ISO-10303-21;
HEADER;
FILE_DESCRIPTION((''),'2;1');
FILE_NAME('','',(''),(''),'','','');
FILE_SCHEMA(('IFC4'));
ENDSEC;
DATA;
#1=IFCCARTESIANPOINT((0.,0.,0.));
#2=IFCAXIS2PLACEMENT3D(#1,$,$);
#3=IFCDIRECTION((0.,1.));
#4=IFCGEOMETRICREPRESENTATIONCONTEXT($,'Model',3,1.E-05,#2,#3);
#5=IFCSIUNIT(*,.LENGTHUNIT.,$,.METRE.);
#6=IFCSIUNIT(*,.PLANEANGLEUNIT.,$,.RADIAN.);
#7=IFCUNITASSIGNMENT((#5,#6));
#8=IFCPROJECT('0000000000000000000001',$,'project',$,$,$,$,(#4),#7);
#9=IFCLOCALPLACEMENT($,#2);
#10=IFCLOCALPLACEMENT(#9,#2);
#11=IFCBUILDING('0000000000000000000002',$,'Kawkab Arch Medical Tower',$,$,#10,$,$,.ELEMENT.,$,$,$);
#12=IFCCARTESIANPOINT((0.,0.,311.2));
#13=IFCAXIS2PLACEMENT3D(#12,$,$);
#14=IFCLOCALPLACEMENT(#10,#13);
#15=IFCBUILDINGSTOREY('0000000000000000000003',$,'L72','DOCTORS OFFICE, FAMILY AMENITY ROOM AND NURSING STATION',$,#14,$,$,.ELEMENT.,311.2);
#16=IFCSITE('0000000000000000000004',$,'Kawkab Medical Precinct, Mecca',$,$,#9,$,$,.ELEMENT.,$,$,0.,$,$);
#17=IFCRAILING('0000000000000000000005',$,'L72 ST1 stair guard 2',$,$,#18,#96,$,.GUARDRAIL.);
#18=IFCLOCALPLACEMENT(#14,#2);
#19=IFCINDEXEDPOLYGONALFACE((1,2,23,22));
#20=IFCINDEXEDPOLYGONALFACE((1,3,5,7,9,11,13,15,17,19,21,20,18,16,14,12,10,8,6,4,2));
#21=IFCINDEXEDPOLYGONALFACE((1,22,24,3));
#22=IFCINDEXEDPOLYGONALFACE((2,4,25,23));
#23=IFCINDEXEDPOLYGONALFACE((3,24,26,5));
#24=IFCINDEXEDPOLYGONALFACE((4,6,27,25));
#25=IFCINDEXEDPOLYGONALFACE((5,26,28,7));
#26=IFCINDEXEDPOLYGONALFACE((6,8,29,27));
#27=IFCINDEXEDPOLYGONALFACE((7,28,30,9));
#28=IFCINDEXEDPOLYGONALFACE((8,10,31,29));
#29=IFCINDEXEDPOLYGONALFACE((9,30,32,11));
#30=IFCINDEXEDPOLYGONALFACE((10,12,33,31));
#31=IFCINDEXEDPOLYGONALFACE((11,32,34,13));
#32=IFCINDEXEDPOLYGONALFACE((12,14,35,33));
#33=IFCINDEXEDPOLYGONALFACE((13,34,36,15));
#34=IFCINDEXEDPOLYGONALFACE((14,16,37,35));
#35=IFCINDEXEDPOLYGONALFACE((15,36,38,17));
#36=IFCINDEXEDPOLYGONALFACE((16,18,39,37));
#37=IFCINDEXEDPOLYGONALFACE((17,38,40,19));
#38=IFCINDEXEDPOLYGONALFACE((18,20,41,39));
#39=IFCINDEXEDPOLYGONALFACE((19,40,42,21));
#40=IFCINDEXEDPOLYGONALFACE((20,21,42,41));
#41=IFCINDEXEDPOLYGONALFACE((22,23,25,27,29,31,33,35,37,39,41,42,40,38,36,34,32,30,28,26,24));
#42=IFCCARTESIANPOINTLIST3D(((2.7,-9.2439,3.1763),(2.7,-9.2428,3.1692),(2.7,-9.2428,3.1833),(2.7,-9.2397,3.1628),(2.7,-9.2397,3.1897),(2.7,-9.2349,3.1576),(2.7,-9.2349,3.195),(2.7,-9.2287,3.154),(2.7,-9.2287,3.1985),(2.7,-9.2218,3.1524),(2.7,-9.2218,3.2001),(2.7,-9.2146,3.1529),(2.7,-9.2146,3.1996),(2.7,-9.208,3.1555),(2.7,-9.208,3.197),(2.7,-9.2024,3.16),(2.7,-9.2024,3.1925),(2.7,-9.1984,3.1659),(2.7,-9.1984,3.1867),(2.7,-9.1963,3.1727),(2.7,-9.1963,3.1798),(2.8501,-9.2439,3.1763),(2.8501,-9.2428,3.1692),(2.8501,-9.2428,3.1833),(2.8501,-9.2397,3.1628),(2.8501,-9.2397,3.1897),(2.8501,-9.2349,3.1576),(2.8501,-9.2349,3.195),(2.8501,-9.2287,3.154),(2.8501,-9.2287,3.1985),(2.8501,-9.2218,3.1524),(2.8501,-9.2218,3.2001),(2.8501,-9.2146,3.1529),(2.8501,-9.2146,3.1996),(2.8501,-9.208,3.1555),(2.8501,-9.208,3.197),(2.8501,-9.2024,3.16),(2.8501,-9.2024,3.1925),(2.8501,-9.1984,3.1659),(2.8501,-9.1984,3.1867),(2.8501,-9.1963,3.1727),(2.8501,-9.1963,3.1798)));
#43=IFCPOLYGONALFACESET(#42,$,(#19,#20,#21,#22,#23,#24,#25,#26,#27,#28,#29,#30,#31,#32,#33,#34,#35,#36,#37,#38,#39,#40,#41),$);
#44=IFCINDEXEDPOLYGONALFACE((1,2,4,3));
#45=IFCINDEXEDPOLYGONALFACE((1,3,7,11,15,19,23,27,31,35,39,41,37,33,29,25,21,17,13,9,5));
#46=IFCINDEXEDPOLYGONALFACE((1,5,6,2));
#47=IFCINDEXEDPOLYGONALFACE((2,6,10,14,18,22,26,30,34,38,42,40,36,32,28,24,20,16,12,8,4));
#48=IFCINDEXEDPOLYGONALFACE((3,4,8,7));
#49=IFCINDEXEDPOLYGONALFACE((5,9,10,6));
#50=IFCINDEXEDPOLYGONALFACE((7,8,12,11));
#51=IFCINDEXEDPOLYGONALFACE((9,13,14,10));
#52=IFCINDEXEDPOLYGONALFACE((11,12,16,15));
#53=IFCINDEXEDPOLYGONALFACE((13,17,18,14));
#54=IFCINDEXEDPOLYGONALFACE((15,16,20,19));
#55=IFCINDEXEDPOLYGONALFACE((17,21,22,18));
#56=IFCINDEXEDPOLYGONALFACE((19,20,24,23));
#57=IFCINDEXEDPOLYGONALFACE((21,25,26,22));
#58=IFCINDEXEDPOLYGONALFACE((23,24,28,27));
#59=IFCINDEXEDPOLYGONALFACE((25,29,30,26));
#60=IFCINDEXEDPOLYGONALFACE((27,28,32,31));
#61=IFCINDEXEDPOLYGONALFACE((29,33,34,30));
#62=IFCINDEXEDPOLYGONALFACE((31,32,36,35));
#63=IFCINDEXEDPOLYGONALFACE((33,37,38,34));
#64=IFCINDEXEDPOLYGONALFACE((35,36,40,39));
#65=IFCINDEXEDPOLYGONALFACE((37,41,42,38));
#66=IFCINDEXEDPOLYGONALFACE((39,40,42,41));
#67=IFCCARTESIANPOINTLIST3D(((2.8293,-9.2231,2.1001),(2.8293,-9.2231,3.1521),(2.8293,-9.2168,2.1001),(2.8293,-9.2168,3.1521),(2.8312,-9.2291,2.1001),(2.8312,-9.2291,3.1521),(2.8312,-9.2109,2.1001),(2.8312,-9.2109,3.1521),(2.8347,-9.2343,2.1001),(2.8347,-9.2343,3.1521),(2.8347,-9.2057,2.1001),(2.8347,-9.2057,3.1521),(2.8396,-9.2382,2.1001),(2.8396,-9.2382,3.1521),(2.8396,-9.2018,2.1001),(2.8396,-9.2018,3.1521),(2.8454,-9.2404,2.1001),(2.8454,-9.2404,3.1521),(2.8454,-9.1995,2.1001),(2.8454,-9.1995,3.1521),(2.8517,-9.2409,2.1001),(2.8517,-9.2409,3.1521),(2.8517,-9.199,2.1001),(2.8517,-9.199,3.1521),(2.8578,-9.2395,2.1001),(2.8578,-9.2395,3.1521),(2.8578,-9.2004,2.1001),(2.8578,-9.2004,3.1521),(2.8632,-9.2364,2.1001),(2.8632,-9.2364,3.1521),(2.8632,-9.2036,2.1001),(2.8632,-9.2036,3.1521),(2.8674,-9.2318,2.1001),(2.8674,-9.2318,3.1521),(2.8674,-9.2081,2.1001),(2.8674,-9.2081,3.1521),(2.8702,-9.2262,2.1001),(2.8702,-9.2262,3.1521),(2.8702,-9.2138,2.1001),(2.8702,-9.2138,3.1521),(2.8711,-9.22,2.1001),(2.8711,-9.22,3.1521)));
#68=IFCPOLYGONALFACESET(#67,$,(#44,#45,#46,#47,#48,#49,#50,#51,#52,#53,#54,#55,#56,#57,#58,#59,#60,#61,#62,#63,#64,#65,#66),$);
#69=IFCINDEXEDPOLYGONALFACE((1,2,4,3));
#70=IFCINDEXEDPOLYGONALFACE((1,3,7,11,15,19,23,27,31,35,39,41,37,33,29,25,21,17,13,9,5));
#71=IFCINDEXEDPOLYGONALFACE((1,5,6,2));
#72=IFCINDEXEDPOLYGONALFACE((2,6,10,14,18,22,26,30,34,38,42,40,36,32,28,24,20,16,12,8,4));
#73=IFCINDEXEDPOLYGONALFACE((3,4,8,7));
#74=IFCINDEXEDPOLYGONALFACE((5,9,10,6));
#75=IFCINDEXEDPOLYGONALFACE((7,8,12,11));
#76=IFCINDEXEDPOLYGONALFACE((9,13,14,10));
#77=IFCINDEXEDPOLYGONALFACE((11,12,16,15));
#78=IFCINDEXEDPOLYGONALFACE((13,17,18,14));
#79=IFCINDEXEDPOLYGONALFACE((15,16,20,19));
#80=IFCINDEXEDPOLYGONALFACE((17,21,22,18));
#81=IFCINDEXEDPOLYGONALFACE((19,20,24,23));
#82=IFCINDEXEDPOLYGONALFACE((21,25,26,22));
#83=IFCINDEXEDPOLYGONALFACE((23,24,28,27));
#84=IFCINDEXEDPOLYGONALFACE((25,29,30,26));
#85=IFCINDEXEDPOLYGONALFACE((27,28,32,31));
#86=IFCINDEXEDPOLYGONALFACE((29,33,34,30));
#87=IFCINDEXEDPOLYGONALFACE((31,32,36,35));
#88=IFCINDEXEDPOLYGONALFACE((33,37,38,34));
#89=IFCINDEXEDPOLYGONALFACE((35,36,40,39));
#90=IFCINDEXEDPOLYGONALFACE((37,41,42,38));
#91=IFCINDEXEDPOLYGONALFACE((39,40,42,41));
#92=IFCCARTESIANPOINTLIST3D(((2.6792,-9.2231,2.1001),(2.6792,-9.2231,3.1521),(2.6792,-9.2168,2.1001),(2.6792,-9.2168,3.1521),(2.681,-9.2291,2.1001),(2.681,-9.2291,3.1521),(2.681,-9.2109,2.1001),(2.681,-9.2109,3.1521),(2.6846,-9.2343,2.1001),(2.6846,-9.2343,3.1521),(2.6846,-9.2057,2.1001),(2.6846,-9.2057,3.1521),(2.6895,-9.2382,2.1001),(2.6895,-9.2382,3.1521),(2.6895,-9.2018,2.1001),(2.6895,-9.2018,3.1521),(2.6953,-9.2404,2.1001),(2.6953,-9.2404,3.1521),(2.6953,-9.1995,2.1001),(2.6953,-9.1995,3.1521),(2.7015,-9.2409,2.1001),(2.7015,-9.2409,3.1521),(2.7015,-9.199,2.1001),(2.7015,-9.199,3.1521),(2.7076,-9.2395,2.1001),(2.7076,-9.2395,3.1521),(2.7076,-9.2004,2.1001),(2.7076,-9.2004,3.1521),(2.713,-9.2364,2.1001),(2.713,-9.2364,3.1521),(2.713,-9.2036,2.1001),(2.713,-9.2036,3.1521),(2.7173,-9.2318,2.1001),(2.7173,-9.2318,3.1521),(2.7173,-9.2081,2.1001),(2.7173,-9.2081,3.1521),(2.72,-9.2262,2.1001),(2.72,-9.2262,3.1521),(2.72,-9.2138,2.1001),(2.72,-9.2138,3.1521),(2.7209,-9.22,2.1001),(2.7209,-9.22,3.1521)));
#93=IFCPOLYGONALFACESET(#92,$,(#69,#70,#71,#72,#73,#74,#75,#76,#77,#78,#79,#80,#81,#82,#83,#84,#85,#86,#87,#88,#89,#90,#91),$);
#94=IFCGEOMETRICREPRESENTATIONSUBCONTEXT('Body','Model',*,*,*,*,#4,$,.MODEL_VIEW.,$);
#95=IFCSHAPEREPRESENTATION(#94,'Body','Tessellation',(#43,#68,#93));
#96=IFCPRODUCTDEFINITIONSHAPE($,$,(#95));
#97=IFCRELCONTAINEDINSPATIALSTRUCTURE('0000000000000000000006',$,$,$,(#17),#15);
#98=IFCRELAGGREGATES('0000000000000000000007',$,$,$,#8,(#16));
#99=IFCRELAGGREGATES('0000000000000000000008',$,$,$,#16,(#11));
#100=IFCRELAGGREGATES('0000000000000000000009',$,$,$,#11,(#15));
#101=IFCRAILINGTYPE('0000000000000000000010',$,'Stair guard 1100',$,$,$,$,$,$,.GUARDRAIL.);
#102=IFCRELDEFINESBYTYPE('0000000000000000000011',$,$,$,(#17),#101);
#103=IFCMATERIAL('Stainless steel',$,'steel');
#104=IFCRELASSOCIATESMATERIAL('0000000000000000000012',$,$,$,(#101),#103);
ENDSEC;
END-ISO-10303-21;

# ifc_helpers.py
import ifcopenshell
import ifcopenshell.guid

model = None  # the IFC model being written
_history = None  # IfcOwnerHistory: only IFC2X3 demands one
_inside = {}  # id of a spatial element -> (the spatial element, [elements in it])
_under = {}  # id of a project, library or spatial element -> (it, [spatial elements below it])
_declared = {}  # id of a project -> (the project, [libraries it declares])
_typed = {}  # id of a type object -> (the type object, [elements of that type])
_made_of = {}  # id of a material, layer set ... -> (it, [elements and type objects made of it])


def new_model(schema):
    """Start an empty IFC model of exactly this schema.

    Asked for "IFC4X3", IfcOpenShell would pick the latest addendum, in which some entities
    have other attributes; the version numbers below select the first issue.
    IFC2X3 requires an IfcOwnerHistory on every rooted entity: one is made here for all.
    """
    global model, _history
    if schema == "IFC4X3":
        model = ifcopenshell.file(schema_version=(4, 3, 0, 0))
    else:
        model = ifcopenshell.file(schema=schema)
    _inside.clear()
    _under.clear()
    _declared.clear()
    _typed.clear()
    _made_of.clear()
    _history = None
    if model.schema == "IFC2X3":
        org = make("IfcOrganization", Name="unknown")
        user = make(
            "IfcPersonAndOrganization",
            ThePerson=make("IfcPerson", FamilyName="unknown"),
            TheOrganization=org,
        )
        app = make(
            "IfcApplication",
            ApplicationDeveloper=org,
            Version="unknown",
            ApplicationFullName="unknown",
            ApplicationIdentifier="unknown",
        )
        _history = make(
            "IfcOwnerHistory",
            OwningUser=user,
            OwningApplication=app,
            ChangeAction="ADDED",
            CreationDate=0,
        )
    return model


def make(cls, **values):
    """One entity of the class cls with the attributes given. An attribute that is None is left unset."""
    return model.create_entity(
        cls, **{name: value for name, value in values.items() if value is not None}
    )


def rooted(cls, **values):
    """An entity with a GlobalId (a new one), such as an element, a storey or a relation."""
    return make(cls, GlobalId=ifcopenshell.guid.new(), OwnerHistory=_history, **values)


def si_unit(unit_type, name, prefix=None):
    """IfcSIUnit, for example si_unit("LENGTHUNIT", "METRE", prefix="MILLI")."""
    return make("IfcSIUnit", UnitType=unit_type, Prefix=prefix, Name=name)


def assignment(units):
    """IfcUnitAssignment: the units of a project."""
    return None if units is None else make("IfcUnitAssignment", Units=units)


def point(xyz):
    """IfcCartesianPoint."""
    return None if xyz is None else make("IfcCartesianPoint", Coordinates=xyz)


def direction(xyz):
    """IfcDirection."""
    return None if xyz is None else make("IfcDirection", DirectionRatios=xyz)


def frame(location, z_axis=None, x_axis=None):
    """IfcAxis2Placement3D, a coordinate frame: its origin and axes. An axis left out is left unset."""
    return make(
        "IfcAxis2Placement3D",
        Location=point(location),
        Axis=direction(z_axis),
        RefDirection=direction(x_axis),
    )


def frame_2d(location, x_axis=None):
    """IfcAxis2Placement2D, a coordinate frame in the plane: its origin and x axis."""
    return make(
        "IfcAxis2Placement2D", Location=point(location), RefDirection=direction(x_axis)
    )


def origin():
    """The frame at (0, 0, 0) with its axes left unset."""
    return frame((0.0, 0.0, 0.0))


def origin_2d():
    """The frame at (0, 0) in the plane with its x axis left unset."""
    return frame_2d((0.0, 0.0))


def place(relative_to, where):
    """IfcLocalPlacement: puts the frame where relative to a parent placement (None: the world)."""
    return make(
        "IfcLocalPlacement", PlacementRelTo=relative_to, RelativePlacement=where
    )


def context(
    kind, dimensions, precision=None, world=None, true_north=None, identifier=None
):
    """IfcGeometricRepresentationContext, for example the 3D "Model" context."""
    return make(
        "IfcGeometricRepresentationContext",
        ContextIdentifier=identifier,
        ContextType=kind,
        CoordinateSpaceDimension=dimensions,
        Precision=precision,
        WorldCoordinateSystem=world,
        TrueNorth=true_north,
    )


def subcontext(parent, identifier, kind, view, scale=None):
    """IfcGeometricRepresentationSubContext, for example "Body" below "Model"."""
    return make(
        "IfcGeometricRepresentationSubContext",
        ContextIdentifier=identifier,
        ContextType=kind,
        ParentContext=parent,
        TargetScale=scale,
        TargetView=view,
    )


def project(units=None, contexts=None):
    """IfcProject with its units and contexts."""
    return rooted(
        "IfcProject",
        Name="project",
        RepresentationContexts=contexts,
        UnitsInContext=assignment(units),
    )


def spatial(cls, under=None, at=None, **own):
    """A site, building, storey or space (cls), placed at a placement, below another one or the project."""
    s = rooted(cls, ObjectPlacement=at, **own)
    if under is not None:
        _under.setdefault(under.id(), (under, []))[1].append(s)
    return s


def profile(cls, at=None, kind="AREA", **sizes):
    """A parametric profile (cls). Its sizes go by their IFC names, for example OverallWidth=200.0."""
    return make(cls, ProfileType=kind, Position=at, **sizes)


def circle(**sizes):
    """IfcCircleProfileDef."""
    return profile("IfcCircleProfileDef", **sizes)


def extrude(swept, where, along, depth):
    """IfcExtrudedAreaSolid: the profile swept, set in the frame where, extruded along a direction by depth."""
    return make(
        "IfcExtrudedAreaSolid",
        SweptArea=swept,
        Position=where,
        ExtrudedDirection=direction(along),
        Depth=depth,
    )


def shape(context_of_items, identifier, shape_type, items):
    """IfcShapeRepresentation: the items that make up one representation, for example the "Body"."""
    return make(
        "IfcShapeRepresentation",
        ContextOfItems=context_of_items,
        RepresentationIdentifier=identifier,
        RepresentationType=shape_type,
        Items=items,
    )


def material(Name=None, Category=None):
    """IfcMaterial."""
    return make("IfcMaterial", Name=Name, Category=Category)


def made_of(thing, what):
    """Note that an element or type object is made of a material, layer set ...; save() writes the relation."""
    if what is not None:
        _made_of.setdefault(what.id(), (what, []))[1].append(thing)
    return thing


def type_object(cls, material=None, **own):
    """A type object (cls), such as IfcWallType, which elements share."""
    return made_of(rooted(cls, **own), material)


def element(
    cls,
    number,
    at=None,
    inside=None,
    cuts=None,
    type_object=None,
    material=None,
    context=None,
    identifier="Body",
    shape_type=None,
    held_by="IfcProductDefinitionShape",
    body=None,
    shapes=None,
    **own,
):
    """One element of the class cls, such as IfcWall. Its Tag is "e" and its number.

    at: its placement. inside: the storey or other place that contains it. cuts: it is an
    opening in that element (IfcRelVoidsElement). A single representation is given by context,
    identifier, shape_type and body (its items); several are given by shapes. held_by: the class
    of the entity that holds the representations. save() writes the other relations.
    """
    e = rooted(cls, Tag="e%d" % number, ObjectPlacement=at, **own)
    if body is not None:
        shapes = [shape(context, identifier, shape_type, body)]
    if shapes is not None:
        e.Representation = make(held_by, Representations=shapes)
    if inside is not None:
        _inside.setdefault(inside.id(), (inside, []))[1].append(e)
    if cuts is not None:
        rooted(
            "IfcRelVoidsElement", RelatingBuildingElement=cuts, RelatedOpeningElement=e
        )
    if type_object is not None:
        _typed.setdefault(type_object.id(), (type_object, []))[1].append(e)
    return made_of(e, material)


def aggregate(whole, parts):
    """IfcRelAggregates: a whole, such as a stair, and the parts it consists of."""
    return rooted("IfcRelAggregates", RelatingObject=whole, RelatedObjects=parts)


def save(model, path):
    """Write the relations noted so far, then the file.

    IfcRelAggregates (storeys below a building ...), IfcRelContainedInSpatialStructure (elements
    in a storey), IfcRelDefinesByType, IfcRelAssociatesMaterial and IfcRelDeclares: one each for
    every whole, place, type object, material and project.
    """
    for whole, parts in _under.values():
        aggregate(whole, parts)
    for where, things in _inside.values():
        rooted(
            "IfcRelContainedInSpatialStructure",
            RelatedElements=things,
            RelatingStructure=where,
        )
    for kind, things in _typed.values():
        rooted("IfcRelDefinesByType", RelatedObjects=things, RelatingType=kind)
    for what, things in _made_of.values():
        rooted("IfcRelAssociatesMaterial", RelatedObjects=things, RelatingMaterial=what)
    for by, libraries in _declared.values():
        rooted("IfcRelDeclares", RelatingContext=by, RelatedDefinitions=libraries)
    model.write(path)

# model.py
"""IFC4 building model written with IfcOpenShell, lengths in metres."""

from ifc_helpers import new_model, si_unit, direction, frame, origin, origin_2d, place, context, subcontext, project, spatial, circle, extrude, material, type_object, element, save


model = new_model("IFC4")

# Units and contexts
model_context = context("Model", 3, precision=1e-05, world=origin(), true_north=direction((0.0, 1.0)))
body_context = subcontext(model_context, "Body", "Model", "MODEL_VIEW")
ifc_project = project(units=[si_unit("LENGTHUNIT", "METRE"), si_unit("PLANEANGLEUNIT", "RADIAN")], contexts=[model_context])

# Site, building, storey
site_placement = place(None, origin())
site = spatial("IfcSite", under=ifc_project, at=site_placement, Name="Kawkab Medical Precinct, Mecca", CompositionType="ELEMENT", RefElevation=0.0)
building_placement = place(site_placement, origin())
building = spatial("IfcBuilding", under=site, at=building_placement, Name="Kawkab Arch Medical Tower", CompositionType="ELEMENT")
storey_placement = place(building_placement, frame((0.0, 0.0, 311.2)))
storey = spatial("IfcBuildingStorey", under=building, at=storey_placement, Name="L72", Description="DOCTORS OFFICE, FAMILY AMENITY ROOM AND NURSING STATION", CompositionType="ELEMENT", Elevation=311.2)

# Railing
ifc_material_1 = material(Name="Stainless steel", Category="steel")
railing_type = type_object("IfcRailingType", Name="Stair guard 1100", PredefinedType="GUARDRAIL", material=ifc_material_1)
railing_1_placement = place(storey_placement, frame((2.8501, -9.22, 2.1001)))
element("IfcRailing", 1, at=railing_1_placement, inside=storey, type_object=railing_type, Name="L72 ST1 stair guard 2", PredefinedType="GUARDRAIL", context=body_context, shape_type="SweptSolid", body=[
    extrude(circle(Radius=0.0239, at=origin_2d()), frame((0.0, 0.0, 1.0762), z_axis=(-1.0, 0.0, 0.0), x_axis=(0.0, -1.0, 0.0)), (0.0, 0.0, 1.0), 0.1501),
    extrude(circle(Radius=0.021, at=origin_2d()), origin(), (0.0, 0.0, 1.0), 1.052),
    extrude(circle(Radius=0.021, at=origin_2d()), frame((-0.1501, 0.0, 0.0)), (0.0, 0.0, 1.0), 1.052),
])

save(model, "model.ifc")
